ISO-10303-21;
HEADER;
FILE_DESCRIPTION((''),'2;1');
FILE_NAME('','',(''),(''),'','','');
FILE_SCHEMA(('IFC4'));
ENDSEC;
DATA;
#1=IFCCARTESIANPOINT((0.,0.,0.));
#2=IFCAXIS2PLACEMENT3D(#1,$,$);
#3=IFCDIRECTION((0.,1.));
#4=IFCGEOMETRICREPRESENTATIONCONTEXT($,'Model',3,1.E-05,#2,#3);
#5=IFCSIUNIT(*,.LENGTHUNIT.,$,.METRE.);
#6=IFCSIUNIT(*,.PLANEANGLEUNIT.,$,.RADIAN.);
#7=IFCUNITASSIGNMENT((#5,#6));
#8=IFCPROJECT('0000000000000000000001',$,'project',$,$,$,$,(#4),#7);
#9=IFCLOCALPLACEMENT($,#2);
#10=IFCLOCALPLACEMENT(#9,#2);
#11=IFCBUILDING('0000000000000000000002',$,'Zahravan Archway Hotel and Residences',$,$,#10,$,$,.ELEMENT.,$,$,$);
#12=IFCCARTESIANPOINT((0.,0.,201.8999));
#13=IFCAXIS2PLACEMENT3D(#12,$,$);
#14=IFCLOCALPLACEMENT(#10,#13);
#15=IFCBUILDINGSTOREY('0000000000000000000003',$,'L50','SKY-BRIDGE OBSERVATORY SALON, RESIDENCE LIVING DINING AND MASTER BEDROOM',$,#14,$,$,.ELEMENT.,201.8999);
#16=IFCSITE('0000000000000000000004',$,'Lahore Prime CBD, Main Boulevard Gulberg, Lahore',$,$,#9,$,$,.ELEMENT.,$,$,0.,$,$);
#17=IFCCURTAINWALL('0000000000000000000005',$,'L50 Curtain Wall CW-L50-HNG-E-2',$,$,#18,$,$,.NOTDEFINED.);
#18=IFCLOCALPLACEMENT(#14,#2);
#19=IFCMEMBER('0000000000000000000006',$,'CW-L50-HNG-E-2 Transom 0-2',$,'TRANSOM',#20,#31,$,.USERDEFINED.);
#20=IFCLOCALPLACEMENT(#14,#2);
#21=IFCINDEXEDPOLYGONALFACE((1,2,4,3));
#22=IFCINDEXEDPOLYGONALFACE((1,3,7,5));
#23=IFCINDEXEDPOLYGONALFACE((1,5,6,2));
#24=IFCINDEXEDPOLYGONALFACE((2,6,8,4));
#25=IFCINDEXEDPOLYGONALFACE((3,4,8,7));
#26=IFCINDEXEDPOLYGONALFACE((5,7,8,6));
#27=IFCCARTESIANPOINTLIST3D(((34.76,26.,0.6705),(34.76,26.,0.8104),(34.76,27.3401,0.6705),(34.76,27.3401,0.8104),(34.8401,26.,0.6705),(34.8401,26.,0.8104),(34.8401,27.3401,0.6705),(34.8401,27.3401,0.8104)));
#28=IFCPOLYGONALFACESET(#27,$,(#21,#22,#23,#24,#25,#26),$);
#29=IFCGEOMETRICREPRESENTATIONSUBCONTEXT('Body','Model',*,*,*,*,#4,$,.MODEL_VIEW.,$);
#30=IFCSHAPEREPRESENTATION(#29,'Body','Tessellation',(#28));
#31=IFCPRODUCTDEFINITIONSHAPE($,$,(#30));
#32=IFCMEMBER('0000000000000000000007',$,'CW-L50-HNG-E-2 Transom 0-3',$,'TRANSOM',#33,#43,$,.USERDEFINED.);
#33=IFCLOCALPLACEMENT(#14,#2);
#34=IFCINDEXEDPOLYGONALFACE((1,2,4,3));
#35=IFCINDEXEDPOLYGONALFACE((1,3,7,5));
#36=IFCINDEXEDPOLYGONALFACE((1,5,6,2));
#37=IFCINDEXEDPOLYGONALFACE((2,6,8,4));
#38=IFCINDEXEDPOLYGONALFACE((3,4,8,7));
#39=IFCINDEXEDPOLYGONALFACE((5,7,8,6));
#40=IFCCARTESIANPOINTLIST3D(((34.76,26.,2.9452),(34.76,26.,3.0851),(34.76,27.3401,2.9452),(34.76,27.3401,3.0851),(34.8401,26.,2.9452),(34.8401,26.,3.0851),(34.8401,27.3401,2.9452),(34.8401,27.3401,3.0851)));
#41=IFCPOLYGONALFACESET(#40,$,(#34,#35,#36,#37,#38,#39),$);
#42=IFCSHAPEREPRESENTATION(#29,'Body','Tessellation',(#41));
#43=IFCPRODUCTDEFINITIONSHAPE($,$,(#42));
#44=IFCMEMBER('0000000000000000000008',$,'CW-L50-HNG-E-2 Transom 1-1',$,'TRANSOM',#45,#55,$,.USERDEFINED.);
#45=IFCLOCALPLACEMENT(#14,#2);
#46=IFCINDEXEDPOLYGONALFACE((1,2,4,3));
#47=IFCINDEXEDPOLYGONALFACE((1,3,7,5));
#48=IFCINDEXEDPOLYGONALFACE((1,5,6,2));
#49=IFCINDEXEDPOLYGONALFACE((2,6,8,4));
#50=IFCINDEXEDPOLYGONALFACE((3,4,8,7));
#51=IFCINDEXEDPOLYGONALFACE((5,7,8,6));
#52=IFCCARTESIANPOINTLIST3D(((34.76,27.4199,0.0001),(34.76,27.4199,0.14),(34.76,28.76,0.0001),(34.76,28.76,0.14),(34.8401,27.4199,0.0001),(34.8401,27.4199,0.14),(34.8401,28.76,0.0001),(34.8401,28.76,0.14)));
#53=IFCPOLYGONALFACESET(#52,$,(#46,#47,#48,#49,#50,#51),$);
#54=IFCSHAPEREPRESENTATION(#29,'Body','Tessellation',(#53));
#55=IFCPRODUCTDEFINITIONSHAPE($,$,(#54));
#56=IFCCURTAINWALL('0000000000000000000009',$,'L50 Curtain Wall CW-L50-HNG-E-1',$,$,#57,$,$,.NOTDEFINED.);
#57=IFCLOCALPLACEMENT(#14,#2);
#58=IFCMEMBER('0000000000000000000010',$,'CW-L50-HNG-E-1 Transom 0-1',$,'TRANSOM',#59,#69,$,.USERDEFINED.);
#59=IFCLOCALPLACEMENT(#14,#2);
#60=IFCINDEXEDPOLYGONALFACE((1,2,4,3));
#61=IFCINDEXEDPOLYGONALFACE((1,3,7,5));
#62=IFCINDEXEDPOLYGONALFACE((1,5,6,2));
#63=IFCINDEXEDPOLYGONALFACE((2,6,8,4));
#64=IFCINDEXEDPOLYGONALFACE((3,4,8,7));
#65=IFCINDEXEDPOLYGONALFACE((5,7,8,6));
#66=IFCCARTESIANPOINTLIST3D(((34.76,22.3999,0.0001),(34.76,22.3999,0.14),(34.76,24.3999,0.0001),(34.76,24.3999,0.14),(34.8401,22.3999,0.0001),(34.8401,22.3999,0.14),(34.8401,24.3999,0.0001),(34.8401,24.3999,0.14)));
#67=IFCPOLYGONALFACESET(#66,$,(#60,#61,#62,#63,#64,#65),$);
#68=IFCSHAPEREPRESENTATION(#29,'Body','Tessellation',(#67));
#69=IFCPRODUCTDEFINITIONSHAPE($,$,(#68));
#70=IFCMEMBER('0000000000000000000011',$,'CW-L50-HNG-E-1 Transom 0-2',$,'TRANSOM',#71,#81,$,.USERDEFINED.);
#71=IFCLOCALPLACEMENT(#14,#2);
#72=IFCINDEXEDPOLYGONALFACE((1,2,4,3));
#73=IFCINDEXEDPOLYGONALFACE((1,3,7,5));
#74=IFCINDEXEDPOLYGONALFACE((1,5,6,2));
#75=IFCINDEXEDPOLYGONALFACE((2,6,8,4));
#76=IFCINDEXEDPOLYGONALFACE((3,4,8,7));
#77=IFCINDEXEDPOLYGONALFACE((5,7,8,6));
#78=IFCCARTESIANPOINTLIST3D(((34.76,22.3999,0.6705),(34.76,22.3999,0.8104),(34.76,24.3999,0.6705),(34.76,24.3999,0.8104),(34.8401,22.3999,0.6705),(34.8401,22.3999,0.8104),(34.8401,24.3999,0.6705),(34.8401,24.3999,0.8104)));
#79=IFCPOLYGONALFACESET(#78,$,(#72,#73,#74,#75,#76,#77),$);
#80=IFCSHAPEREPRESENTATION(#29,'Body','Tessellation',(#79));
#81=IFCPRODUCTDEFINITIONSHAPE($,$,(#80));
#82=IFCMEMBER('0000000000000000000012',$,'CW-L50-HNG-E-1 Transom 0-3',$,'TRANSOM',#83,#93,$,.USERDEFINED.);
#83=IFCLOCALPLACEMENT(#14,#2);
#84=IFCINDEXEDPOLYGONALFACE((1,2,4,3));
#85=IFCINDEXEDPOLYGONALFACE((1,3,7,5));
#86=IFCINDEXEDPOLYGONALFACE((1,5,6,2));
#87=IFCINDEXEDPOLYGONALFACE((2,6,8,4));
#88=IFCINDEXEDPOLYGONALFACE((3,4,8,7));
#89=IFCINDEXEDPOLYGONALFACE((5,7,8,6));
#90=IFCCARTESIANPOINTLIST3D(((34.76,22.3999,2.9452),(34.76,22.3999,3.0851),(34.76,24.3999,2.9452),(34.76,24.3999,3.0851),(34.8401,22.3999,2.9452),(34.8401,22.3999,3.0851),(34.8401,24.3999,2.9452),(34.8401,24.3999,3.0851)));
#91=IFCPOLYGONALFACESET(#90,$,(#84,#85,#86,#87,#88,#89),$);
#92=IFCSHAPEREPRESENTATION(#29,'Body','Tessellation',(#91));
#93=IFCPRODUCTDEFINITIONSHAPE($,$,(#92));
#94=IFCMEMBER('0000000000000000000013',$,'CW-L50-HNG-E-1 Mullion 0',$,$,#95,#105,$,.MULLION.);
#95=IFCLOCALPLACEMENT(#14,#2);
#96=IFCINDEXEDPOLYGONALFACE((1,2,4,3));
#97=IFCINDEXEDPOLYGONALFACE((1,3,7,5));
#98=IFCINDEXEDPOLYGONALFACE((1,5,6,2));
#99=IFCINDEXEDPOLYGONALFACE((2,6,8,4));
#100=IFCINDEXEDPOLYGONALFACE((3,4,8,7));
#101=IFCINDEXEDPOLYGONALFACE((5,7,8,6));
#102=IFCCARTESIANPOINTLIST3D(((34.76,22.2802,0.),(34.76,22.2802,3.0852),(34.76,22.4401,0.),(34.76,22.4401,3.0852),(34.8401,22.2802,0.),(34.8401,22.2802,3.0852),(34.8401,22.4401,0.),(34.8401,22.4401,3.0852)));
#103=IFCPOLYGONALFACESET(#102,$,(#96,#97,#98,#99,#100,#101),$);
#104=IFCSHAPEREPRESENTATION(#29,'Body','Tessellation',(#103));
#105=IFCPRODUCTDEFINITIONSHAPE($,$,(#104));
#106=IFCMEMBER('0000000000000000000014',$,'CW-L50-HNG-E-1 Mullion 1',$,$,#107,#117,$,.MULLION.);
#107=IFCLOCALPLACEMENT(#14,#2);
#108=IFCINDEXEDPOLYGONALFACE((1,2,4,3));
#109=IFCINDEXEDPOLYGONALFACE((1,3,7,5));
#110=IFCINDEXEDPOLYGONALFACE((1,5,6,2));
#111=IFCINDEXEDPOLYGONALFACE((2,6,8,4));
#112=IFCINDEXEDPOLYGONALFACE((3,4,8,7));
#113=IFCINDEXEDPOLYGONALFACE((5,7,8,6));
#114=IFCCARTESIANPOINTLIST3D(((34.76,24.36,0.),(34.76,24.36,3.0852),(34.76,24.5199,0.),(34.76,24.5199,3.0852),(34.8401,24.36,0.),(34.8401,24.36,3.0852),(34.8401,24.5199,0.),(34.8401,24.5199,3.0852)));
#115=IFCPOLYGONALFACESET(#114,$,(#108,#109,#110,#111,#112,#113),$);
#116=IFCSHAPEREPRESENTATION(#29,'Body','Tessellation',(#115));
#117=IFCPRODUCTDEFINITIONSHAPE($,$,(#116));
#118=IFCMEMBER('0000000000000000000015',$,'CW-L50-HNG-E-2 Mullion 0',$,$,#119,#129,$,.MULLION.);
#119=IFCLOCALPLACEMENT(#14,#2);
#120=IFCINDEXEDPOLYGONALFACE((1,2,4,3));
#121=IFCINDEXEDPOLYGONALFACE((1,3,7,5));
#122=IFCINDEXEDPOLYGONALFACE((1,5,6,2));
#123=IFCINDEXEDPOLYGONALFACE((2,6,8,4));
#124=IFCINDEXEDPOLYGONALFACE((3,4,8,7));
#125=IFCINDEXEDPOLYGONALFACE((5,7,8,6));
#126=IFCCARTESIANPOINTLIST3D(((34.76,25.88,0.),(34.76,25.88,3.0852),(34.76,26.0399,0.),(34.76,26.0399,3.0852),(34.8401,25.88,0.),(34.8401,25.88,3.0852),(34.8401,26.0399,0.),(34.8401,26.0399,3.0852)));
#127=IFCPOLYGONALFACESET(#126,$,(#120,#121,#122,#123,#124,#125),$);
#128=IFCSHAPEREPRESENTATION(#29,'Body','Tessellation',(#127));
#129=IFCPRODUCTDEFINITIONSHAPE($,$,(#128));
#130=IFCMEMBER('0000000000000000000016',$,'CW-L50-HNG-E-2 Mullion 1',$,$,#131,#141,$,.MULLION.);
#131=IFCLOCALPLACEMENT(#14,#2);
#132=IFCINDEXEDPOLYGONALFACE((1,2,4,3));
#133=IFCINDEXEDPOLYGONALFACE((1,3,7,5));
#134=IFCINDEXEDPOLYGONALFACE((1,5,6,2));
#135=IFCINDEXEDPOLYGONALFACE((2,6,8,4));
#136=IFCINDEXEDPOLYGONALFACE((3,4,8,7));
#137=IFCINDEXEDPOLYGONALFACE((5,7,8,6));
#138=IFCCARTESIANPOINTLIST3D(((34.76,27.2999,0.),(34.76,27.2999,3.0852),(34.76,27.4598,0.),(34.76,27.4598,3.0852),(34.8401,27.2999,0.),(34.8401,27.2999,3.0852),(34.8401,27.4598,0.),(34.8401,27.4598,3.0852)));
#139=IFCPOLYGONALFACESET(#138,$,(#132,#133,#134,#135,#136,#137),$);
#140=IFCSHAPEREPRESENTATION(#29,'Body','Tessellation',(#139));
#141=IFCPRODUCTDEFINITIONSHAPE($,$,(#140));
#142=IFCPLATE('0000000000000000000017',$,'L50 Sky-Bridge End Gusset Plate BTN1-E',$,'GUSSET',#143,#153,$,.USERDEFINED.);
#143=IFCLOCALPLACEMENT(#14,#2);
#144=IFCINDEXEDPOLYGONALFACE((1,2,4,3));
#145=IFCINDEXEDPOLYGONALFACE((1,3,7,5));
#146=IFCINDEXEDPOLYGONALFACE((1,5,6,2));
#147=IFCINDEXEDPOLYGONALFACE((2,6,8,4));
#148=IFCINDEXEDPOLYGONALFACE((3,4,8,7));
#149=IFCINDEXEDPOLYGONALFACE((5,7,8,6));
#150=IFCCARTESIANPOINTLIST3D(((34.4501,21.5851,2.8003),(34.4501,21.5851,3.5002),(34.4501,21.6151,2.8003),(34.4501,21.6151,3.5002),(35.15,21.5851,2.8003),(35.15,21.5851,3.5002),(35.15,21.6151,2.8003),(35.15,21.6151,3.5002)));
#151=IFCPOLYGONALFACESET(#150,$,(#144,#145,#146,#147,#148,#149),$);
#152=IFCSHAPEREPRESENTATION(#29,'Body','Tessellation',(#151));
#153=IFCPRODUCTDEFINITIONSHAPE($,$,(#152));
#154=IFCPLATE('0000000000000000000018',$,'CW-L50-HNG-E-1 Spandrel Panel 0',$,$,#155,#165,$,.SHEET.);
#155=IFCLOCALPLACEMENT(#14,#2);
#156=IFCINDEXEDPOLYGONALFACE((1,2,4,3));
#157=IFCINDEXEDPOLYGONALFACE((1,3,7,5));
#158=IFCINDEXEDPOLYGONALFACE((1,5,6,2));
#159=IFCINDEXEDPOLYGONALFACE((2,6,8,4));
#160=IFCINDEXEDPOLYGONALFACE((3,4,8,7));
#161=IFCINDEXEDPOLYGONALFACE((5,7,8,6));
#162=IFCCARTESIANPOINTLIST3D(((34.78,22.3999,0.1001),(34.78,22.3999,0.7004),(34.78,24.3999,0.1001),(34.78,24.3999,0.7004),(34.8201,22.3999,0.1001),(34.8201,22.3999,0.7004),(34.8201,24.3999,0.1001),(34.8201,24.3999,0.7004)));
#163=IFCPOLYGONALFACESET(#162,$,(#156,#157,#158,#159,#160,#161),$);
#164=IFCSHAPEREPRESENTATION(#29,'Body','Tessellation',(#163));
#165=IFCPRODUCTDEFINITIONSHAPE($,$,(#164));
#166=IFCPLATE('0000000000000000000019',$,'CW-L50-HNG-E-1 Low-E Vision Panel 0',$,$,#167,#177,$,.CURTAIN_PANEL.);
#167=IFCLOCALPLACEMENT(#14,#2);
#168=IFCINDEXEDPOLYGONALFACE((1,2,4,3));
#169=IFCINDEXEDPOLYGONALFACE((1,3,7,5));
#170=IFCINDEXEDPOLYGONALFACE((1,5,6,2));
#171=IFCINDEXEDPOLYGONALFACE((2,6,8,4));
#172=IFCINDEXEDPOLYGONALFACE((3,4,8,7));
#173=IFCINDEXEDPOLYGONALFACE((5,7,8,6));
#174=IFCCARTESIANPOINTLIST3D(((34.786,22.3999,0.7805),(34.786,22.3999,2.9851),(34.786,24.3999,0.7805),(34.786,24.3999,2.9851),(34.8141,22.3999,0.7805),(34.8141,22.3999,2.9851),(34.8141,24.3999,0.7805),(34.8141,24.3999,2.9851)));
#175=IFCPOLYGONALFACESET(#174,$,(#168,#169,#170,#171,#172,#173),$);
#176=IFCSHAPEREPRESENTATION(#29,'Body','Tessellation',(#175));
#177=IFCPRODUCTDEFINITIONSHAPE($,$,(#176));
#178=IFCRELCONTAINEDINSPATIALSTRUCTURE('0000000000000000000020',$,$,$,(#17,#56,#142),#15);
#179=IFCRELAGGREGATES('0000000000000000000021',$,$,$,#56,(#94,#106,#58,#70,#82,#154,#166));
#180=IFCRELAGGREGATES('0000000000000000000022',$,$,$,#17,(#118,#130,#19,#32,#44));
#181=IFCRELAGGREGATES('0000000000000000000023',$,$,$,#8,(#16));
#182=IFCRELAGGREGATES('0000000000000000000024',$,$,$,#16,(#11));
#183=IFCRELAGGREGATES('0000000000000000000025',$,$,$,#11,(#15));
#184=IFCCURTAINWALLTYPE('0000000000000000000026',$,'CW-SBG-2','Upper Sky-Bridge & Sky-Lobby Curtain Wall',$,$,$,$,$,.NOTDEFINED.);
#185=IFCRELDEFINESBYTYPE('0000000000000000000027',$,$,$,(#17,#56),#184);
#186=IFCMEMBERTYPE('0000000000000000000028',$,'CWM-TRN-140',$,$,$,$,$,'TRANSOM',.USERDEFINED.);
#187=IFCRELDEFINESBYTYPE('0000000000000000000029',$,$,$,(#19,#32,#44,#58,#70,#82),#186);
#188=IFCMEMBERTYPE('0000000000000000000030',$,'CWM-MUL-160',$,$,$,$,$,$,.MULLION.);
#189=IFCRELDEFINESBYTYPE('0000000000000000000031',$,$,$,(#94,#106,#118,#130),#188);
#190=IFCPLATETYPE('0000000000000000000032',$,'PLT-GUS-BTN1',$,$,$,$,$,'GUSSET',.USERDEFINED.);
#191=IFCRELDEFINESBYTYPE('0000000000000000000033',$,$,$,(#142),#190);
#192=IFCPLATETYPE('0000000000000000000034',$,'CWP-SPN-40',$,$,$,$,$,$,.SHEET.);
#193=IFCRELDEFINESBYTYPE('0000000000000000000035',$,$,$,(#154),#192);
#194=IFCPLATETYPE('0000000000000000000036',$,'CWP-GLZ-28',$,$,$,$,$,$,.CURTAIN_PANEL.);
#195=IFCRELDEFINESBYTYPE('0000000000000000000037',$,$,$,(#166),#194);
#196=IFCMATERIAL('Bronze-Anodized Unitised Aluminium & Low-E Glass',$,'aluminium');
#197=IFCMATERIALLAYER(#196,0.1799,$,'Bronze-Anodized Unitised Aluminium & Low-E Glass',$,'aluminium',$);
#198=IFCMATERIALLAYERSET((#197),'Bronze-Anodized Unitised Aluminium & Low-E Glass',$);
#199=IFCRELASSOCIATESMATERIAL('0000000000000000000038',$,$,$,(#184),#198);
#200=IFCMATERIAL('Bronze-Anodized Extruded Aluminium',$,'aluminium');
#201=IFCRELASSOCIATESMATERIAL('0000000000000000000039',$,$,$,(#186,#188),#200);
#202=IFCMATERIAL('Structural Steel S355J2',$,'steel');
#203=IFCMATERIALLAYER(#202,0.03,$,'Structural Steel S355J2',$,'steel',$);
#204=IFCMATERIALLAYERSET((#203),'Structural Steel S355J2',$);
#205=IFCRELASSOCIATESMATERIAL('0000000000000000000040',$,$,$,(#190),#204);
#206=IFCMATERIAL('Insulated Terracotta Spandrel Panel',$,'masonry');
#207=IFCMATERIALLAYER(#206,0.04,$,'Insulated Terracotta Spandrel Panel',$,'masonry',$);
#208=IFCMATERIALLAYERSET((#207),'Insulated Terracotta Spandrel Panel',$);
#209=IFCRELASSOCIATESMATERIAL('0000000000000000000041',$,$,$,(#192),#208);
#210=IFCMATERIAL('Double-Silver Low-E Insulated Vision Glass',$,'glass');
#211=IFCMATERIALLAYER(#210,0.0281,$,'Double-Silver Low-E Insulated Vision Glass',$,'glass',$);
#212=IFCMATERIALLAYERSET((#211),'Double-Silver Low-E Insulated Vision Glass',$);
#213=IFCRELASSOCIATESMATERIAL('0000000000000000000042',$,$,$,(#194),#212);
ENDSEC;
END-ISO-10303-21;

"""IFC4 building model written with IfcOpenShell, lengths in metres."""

from ifc_helpers import new_model, si_unit, direction, frame, origin, origin_2d, place, context, subcontext, project, spatial, rectangle, extrude, source, transform, mapped, material, layer, layer_set, material_profile, profile_set, type_object, type_shapes, element, aggregate, save


model = new_model("IFC4")

# Units and contexts
model_context = context("Model", 3, precision=1e-05, world=origin(), true_north=direction((0.0, 1.0)))
body_context = subcontext(model_context, "Body", "Model", "MODEL_VIEW")
ifc_project = project(units=[si_unit("LENGTHUNIT", "METRE"), si_unit("PLANEANGLEUNIT", "RADIAN")], contexts=[model_context])

# Site, building, storey
site_placement = place(None, origin())
site = spatial("IfcSite", under=ifc_project, at=site_placement, Name="Lahore Prime CBD, Main Boulevard Gulberg, Lahore", CompositionType="ELEMENT", RefElevation=0.0)
building_placement = place(site_placement, origin())
building = spatial("IfcBuilding", under=site, at=building_placement, Name="Zahravan Archway Hotel and Residences", CompositionType="ELEMENT")
storey_placement = place(building_placement, frame((0.0, 0.0, 201.8999)))
storey = spatial("IfcBuildingStorey", under=building, at=storey_placement, Name="L50", Description="SKY-BRIDGE OBSERVATORY SALON, RESIDENCE LIVING DINING AND MASTER BEDROOM", CompositionType="ELEMENT", Elevation=201.8999)

# Curtain walls, members
ifc_material_1 = material(Name="Bronze-Anodized Unitised Aluminium & Low-E Glass", Category="aluminium")
ifc_layer_1 = layer(ifc_material_1, 0.1799, Name="Bronze-Anodized Unitised Aluminium & Low-E Glass", Category="aluminium")
ifc_layer_set_1 = layer_set([ifc_layer_1], Name="Bronze-Anodized Unitised Aluminium & Low-E Glass")
curtain_wall_type = type_object("IfcCurtainWallType", Name="CW-SBG-2", Description="Upper Sky-Bridge & Sky-Lobby Curtain Wall", PredefinedType="NOTDEFINED", material=ifc_layer_set_1)
curtain_wall_1_placement = place(storey_placement, origin())
curtain_wall_1 = element("IfcCurtainWall", 1, at=curtain_wall_1_placement, inside=storey, type_object=curtain_wall_type, Name="L50 Curtain Wall CW-L50-HNG-E-2", PredefinedType="NOTDEFINED")
ifc_material_2 = material(Name="Bronze-Anodized Extruded Aluminium", Category="aluminium")
ifc_material_profile_1 = material_profile(ifc_material_2, rectangle(XDim=0.0801, YDim=0.1399, at=origin_2d()), Name="TRN 80x140", Category="aluminium")
ifc_profile_set_1 = profile_set([ifc_material_profile_1], Name="Bronze-Anodized Extruded Aluminium")
member_type_1 = type_object("IfcMemberType", Name="CWM-TRN-140", ElementType="TRANSOM", PredefinedType="USERDEFINED", material=ifc_profile_set_1)
shared_shape_1 = source(origin(), body_context, "Body", "SweptSolid", [
    extrude(rectangle(XDim=0.0801, YDim=0.1399, at=origin_2d()), origin(), (0.0, 0.0, 1.0), 1.3401),
])
member_1_placement = place(storey_placement, frame((34.8, 26.0, 0.7405), z_axis=(0.0, 1.0, 0.0), x_axis=(-1.0, 0.0, 0.0)))
member_1 = element("IfcMember", 2, at=member_1_placement, type_object=member_type_1, Name="CW-L50-HNG-E-2 Transom 0-2", ObjectType="TRANSOM", PredefinedType="USERDEFINED", context=body_context, shape_type="MappedRepresentation", body=[
    mapped(shared_shape_1, transform((0.0, 0.0, 0.0), scale=1.0)),
])
member_2_placement = place(storey_placement, frame((34.8, 26.0, 3.0151), z_axis=(0.0, 1.0, 0.0), x_axis=(-1.0, 0.0, 0.0)))
member_2 = element("IfcMember", 3, at=member_2_placement, type_object=member_type_1, Name="CW-L50-HNG-E-2 Transom 0-3", ObjectType="TRANSOM", PredefinedType="USERDEFINED", context=body_context, shape_type="MappedRepresentation", body=[
    mapped(shared_shape_1, transform((0.0, 0.0, 0.0), scale=1.0)),
])
member_3_placement = place(storey_placement, frame((34.8, 27.4199, 0.0701), z_axis=(0.0, 1.0, 0.0), x_axis=(-1.0, 0.0, 0.0)))
member_3 = element("IfcMember", 4, at=member_3_placement, type_object=member_type_1, Name="CW-L50-HNG-E-2 Transom 1-1", ObjectType="TRANSOM", PredefinedType="USERDEFINED", context=body_context, shape_type="MappedRepresentation", body=[
    mapped(shared_shape_1, transform((0.0, 0.0, 0.0), scale=1.0)),
])
curtain_wall_2_placement = place(storey_placement, origin())
curtain_wall_2 = element("IfcCurtainWall", 5, at=curtain_wall_2_placement, inside=storey, type_object=curtain_wall_type, Name="L50 Curtain Wall CW-L50-HNG-E-1", PredefinedType="NOTDEFINED")
shared_shape_2 = source(origin(), body_context, "Body", "SweptSolid", [
    extrude(rectangle(XDim=0.0801, YDim=0.1399, at=origin_2d()), origin(), (0.0, 0.0, 1.0), 2.0),
])
member_4_placement = place(storey_placement, frame((34.8, 22.3999, 0.0701), z_axis=(0.0, 1.0, 0.0), x_axis=(-1.0, 0.0, 0.0)))
member_4 = element("IfcMember", 6, at=member_4_placement, type_object=member_type_1, Name="CW-L50-HNG-E-1 Transom 0-1", ObjectType="TRANSOM", PredefinedType="USERDEFINED", context=body_context, shape_type="MappedRepresentation", body=[
    mapped(shared_shape_2, transform((0.0, 0.0, 0.0), scale=1.0)),
])
member_5_placement = place(storey_placement, frame((34.8, 22.3999, 0.7405), z_axis=(0.0, 1.0, 0.0), x_axis=(-1.0, 0.0, 0.0)))
member_5 = element("IfcMember", 7, at=member_5_placement, type_object=member_type_1, Name="CW-L50-HNG-E-1 Transom 0-2", ObjectType="TRANSOM", PredefinedType="USERDEFINED", context=body_context, shape_type="MappedRepresentation", body=[
    mapped(shared_shape_2, transform((0.0, 0.0, 0.0), scale=1.0)),
])
member_6_placement = place(storey_placement, frame((34.8, 22.3999, 3.0151), z_axis=(0.0, 1.0, 0.0), x_axis=(-1.0, 0.0, 0.0)))
member_6 = element("IfcMember", 8, at=member_6_placement, type_object=member_type_1, Name="CW-L50-HNG-E-1 Transom 0-3", ObjectType="TRANSOM", PredefinedType="USERDEFINED", context=body_context, shape_type="MappedRepresentation", body=[
    mapped(shared_shape_2, transform((0.0, 0.0, 0.0), scale=1.0)),
])
ifc_material_profile_2 = material_profile(ifc_material_2, rectangle(XDim=0.0801, YDim=0.1599, at=origin_2d()), Name="MUL 80x160", Category="aluminium")
ifc_profile_set_2 = profile_set([ifc_material_profile_2], Name="Bronze-Anodized Extruded Aluminium")
member_type_2 = type_object("IfcMemberType", Name="CWM-MUL-160", PredefinedType="MULLION", material=ifc_profile_set_2)
shared_shape_3 = source(origin(), body_context, "Body", "SweptSolid", [
    extrude(rectangle(XDim=0.0801, YDim=0.1599, at=origin_2d()), origin(), (0.0, 0.0, 1.0), 3.0852),
])
member_7_placement = place(storey_placement, frame((34.8, 22.3601, 0.0), z_axis=(0.0, 0.0, 1.0), x_axis=(1.0, 0.0, 0.0)))
member_7 = element("IfcMember", 9, at=member_7_placement, type_object=member_type_2, Name="CW-L50-HNG-E-1 Mullion 0", PredefinedType="MULLION", context=body_context, shape_type="MappedRepresentation", body=[
    mapped(shared_shape_3, transform((0.0, 0.0, 0.0), scale=1.0)),
])
member_8_placement = place(storey_placement, frame((34.8, 24.4399, 0.0), z_axis=(0.0, 0.0, 1.0), x_axis=(1.0, 0.0, 0.0)))
member_8 = element("IfcMember", 10, at=member_8_placement, type_object=member_type_2, Name="CW-L50-HNG-E-1 Mullion 1", PredefinedType="MULLION", context=body_context, shape_type="MappedRepresentation", body=[
    mapped(shared_shape_3, transform((0.0, 0.0, 0.0), scale=1.0)),
])

# Members
member_9_placement = place(storey_placement, frame((34.8, 25.96, 0.0), z_axis=(0.0, 0.0, 1.0), x_axis=(1.0, 0.0, 0.0)))
member_9 = element("IfcMember", 11, at=member_9_placement, type_object=member_type_2, Name="CW-L50-HNG-E-2 Mullion 0", PredefinedType="MULLION", context=body_context, shape_type="MappedRepresentation", body=[
    mapped(shared_shape_3, transform((0.0, 0.0, 0.0), scale=1.0)),
])
member_10_placement = place(storey_placement, frame((34.8, 27.3799, 0.0), z_axis=(0.0, 0.0, 1.0), x_axis=(1.0, 0.0, 0.0)))
member_10 = element("IfcMember", 12, at=member_10_placement, type_object=member_type_2, Name="CW-L50-HNG-E-2 Mullion 1", PredefinedType="MULLION", context=body_context, shape_type="MappedRepresentation", body=[
    mapped(shared_shape_3, transform((0.0, 0.0, 0.0), scale=1.0)),
])

# Plates
ifc_material_3 = material(Name="Structural Steel S355J2", Category="steel")
ifc_layer_2 = layer(ifc_material_3, 0.03, Name="Structural Steel S355J2", Category="steel")
ifc_layer_set_2 = layer_set([ifc_layer_2], Name="Structural Steel S355J2")
plate_type_1 = type_object("IfcPlateType", Name="PLT-GUS-BTN1", ElementType="GUSSET", PredefinedType="USERDEFINED", material=ifc_layer_set_2)
shared_shape_4 = source(origin(), body_context, "Body", "SweptSolid", [
    extrude(rectangle(XDim=0.7, YDim=0.03, at=origin_2d()), origin(), (0.0, 0.0, 1.0), 0.7),
])
type_shapes(plate_type_1, [shared_shape_4])
plate_1_placement = place(storey_placement, frame((34.8, 21.6001, 2.8003), z_axis=(0.0, 0.0, 1.0), x_axis=(1.0, 0.0, 0.0)))
element("IfcPlate", 13, at=plate_1_placement, inside=storey, type_object=plate_type_1, Name="L50 Sky-Bridge End Gusset Plate BTN1-E", ObjectType="GUSSET", PredefinedType="USERDEFINED", context=body_context, shape_type="MappedRepresentation", body=[
    mapped(shared_shape_4, transform((0.0, 0.0, 0.0), scale=1.0)),
])
ifc_material_4 = material(Name="Insulated Terracotta Spandrel Panel", Category="masonry")
ifc_layer_3 = layer(ifc_material_4, 0.04, Name="Insulated Terracotta Spandrel Panel", Category="masonry")
ifc_layer_set_3 = layer_set([ifc_layer_3], Name="Insulated Terracotta Spandrel Panel")
plate_type_2 = type_object("IfcPlateType", Name="CWP-SPN-40", PredefinedType="SHEET", material=ifc_layer_set_3)
shared_shape_5 = source(origin(), body_context, "Body", "SweptSolid", [
    extrude(rectangle(XDim=2.0, YDim=0.04, at=origin_2d()), origin(), (0.0, 0.0, 1.0), 0.6003),
])
plate_2_placement = place(storey_placement, frame((34.8, 23.3999, 0.1001), z_axis=(0.0, 0.0, 1.0), x_axis=(0.0, 1.0, 0.0)))
plate_2 = element("IfcPlate", 14, at=plate_2_placement, type_object=plate_type_2, Name="CW-L50-HNG-E-1 Spandrel Panel 0", PredefinedType="SHEET", context=body_context, shape_type="MappedRepresentation", body=[
    mapped(shared_shape_5, transform((0.0, 0.0, 0.0), scale=1.0)),
])
ifc_material_5 = material(Name="Double-Silver Low-E Insulated Vision Glass", Category="glass")
ifc_layer_4 = layer(ifc_material_5, 0.0281, Name="Double-Silver Low-E Insulated Vision Glass", Category="glass")
ifc_layer_set_4 = layer_set([ifc_layer_4], Name="Double-Silver Low-E Insulated Vision Glass")
plate_type_3 = type_object("IfcPlateType", Name="CWP-GLZ-28", PredefinedType="CURTAIN_PANEL", material=ifc_layer_set_4)
shared_shape_6 = source(origin(), body_context, "Body", "SweptSolid", [
    extrude(rectangle(XDim=2.0, YDim=0.0281, at=origin_2d()), origin(), (0.0, 0.0, 1.0), 2.2046),
])
plate_3_placement = place(storey_placement, frame((34.8, 23.3999, 0.7805), z_axis=(0.0, 0.0, 1.0), x_axis=(0.0, 1.0, 0.0)))
plate_3 = element("IfcPlate", 15, at=plate_3_placement, type_object=plate_type_3, Name="CW-L50-HNG-E-1 Low-E Vision Panel 0", PredefinedType="CURTAIN_PANEL", context=body_context, shape_type="MappedRepresentation", body=[
    mapped(shared_shape_6, transform((0.0, 0.0, 0.0), scale=1.0)),
])
aggregate(curtain_wall_2, [member_7, member_8, member_4, member_5, member_6, plate_2, plate_3])
aggregate(curtain_wall_1, [member_9, member_10, member_1, member_2, member_3])

save(model, "model.ifc")
